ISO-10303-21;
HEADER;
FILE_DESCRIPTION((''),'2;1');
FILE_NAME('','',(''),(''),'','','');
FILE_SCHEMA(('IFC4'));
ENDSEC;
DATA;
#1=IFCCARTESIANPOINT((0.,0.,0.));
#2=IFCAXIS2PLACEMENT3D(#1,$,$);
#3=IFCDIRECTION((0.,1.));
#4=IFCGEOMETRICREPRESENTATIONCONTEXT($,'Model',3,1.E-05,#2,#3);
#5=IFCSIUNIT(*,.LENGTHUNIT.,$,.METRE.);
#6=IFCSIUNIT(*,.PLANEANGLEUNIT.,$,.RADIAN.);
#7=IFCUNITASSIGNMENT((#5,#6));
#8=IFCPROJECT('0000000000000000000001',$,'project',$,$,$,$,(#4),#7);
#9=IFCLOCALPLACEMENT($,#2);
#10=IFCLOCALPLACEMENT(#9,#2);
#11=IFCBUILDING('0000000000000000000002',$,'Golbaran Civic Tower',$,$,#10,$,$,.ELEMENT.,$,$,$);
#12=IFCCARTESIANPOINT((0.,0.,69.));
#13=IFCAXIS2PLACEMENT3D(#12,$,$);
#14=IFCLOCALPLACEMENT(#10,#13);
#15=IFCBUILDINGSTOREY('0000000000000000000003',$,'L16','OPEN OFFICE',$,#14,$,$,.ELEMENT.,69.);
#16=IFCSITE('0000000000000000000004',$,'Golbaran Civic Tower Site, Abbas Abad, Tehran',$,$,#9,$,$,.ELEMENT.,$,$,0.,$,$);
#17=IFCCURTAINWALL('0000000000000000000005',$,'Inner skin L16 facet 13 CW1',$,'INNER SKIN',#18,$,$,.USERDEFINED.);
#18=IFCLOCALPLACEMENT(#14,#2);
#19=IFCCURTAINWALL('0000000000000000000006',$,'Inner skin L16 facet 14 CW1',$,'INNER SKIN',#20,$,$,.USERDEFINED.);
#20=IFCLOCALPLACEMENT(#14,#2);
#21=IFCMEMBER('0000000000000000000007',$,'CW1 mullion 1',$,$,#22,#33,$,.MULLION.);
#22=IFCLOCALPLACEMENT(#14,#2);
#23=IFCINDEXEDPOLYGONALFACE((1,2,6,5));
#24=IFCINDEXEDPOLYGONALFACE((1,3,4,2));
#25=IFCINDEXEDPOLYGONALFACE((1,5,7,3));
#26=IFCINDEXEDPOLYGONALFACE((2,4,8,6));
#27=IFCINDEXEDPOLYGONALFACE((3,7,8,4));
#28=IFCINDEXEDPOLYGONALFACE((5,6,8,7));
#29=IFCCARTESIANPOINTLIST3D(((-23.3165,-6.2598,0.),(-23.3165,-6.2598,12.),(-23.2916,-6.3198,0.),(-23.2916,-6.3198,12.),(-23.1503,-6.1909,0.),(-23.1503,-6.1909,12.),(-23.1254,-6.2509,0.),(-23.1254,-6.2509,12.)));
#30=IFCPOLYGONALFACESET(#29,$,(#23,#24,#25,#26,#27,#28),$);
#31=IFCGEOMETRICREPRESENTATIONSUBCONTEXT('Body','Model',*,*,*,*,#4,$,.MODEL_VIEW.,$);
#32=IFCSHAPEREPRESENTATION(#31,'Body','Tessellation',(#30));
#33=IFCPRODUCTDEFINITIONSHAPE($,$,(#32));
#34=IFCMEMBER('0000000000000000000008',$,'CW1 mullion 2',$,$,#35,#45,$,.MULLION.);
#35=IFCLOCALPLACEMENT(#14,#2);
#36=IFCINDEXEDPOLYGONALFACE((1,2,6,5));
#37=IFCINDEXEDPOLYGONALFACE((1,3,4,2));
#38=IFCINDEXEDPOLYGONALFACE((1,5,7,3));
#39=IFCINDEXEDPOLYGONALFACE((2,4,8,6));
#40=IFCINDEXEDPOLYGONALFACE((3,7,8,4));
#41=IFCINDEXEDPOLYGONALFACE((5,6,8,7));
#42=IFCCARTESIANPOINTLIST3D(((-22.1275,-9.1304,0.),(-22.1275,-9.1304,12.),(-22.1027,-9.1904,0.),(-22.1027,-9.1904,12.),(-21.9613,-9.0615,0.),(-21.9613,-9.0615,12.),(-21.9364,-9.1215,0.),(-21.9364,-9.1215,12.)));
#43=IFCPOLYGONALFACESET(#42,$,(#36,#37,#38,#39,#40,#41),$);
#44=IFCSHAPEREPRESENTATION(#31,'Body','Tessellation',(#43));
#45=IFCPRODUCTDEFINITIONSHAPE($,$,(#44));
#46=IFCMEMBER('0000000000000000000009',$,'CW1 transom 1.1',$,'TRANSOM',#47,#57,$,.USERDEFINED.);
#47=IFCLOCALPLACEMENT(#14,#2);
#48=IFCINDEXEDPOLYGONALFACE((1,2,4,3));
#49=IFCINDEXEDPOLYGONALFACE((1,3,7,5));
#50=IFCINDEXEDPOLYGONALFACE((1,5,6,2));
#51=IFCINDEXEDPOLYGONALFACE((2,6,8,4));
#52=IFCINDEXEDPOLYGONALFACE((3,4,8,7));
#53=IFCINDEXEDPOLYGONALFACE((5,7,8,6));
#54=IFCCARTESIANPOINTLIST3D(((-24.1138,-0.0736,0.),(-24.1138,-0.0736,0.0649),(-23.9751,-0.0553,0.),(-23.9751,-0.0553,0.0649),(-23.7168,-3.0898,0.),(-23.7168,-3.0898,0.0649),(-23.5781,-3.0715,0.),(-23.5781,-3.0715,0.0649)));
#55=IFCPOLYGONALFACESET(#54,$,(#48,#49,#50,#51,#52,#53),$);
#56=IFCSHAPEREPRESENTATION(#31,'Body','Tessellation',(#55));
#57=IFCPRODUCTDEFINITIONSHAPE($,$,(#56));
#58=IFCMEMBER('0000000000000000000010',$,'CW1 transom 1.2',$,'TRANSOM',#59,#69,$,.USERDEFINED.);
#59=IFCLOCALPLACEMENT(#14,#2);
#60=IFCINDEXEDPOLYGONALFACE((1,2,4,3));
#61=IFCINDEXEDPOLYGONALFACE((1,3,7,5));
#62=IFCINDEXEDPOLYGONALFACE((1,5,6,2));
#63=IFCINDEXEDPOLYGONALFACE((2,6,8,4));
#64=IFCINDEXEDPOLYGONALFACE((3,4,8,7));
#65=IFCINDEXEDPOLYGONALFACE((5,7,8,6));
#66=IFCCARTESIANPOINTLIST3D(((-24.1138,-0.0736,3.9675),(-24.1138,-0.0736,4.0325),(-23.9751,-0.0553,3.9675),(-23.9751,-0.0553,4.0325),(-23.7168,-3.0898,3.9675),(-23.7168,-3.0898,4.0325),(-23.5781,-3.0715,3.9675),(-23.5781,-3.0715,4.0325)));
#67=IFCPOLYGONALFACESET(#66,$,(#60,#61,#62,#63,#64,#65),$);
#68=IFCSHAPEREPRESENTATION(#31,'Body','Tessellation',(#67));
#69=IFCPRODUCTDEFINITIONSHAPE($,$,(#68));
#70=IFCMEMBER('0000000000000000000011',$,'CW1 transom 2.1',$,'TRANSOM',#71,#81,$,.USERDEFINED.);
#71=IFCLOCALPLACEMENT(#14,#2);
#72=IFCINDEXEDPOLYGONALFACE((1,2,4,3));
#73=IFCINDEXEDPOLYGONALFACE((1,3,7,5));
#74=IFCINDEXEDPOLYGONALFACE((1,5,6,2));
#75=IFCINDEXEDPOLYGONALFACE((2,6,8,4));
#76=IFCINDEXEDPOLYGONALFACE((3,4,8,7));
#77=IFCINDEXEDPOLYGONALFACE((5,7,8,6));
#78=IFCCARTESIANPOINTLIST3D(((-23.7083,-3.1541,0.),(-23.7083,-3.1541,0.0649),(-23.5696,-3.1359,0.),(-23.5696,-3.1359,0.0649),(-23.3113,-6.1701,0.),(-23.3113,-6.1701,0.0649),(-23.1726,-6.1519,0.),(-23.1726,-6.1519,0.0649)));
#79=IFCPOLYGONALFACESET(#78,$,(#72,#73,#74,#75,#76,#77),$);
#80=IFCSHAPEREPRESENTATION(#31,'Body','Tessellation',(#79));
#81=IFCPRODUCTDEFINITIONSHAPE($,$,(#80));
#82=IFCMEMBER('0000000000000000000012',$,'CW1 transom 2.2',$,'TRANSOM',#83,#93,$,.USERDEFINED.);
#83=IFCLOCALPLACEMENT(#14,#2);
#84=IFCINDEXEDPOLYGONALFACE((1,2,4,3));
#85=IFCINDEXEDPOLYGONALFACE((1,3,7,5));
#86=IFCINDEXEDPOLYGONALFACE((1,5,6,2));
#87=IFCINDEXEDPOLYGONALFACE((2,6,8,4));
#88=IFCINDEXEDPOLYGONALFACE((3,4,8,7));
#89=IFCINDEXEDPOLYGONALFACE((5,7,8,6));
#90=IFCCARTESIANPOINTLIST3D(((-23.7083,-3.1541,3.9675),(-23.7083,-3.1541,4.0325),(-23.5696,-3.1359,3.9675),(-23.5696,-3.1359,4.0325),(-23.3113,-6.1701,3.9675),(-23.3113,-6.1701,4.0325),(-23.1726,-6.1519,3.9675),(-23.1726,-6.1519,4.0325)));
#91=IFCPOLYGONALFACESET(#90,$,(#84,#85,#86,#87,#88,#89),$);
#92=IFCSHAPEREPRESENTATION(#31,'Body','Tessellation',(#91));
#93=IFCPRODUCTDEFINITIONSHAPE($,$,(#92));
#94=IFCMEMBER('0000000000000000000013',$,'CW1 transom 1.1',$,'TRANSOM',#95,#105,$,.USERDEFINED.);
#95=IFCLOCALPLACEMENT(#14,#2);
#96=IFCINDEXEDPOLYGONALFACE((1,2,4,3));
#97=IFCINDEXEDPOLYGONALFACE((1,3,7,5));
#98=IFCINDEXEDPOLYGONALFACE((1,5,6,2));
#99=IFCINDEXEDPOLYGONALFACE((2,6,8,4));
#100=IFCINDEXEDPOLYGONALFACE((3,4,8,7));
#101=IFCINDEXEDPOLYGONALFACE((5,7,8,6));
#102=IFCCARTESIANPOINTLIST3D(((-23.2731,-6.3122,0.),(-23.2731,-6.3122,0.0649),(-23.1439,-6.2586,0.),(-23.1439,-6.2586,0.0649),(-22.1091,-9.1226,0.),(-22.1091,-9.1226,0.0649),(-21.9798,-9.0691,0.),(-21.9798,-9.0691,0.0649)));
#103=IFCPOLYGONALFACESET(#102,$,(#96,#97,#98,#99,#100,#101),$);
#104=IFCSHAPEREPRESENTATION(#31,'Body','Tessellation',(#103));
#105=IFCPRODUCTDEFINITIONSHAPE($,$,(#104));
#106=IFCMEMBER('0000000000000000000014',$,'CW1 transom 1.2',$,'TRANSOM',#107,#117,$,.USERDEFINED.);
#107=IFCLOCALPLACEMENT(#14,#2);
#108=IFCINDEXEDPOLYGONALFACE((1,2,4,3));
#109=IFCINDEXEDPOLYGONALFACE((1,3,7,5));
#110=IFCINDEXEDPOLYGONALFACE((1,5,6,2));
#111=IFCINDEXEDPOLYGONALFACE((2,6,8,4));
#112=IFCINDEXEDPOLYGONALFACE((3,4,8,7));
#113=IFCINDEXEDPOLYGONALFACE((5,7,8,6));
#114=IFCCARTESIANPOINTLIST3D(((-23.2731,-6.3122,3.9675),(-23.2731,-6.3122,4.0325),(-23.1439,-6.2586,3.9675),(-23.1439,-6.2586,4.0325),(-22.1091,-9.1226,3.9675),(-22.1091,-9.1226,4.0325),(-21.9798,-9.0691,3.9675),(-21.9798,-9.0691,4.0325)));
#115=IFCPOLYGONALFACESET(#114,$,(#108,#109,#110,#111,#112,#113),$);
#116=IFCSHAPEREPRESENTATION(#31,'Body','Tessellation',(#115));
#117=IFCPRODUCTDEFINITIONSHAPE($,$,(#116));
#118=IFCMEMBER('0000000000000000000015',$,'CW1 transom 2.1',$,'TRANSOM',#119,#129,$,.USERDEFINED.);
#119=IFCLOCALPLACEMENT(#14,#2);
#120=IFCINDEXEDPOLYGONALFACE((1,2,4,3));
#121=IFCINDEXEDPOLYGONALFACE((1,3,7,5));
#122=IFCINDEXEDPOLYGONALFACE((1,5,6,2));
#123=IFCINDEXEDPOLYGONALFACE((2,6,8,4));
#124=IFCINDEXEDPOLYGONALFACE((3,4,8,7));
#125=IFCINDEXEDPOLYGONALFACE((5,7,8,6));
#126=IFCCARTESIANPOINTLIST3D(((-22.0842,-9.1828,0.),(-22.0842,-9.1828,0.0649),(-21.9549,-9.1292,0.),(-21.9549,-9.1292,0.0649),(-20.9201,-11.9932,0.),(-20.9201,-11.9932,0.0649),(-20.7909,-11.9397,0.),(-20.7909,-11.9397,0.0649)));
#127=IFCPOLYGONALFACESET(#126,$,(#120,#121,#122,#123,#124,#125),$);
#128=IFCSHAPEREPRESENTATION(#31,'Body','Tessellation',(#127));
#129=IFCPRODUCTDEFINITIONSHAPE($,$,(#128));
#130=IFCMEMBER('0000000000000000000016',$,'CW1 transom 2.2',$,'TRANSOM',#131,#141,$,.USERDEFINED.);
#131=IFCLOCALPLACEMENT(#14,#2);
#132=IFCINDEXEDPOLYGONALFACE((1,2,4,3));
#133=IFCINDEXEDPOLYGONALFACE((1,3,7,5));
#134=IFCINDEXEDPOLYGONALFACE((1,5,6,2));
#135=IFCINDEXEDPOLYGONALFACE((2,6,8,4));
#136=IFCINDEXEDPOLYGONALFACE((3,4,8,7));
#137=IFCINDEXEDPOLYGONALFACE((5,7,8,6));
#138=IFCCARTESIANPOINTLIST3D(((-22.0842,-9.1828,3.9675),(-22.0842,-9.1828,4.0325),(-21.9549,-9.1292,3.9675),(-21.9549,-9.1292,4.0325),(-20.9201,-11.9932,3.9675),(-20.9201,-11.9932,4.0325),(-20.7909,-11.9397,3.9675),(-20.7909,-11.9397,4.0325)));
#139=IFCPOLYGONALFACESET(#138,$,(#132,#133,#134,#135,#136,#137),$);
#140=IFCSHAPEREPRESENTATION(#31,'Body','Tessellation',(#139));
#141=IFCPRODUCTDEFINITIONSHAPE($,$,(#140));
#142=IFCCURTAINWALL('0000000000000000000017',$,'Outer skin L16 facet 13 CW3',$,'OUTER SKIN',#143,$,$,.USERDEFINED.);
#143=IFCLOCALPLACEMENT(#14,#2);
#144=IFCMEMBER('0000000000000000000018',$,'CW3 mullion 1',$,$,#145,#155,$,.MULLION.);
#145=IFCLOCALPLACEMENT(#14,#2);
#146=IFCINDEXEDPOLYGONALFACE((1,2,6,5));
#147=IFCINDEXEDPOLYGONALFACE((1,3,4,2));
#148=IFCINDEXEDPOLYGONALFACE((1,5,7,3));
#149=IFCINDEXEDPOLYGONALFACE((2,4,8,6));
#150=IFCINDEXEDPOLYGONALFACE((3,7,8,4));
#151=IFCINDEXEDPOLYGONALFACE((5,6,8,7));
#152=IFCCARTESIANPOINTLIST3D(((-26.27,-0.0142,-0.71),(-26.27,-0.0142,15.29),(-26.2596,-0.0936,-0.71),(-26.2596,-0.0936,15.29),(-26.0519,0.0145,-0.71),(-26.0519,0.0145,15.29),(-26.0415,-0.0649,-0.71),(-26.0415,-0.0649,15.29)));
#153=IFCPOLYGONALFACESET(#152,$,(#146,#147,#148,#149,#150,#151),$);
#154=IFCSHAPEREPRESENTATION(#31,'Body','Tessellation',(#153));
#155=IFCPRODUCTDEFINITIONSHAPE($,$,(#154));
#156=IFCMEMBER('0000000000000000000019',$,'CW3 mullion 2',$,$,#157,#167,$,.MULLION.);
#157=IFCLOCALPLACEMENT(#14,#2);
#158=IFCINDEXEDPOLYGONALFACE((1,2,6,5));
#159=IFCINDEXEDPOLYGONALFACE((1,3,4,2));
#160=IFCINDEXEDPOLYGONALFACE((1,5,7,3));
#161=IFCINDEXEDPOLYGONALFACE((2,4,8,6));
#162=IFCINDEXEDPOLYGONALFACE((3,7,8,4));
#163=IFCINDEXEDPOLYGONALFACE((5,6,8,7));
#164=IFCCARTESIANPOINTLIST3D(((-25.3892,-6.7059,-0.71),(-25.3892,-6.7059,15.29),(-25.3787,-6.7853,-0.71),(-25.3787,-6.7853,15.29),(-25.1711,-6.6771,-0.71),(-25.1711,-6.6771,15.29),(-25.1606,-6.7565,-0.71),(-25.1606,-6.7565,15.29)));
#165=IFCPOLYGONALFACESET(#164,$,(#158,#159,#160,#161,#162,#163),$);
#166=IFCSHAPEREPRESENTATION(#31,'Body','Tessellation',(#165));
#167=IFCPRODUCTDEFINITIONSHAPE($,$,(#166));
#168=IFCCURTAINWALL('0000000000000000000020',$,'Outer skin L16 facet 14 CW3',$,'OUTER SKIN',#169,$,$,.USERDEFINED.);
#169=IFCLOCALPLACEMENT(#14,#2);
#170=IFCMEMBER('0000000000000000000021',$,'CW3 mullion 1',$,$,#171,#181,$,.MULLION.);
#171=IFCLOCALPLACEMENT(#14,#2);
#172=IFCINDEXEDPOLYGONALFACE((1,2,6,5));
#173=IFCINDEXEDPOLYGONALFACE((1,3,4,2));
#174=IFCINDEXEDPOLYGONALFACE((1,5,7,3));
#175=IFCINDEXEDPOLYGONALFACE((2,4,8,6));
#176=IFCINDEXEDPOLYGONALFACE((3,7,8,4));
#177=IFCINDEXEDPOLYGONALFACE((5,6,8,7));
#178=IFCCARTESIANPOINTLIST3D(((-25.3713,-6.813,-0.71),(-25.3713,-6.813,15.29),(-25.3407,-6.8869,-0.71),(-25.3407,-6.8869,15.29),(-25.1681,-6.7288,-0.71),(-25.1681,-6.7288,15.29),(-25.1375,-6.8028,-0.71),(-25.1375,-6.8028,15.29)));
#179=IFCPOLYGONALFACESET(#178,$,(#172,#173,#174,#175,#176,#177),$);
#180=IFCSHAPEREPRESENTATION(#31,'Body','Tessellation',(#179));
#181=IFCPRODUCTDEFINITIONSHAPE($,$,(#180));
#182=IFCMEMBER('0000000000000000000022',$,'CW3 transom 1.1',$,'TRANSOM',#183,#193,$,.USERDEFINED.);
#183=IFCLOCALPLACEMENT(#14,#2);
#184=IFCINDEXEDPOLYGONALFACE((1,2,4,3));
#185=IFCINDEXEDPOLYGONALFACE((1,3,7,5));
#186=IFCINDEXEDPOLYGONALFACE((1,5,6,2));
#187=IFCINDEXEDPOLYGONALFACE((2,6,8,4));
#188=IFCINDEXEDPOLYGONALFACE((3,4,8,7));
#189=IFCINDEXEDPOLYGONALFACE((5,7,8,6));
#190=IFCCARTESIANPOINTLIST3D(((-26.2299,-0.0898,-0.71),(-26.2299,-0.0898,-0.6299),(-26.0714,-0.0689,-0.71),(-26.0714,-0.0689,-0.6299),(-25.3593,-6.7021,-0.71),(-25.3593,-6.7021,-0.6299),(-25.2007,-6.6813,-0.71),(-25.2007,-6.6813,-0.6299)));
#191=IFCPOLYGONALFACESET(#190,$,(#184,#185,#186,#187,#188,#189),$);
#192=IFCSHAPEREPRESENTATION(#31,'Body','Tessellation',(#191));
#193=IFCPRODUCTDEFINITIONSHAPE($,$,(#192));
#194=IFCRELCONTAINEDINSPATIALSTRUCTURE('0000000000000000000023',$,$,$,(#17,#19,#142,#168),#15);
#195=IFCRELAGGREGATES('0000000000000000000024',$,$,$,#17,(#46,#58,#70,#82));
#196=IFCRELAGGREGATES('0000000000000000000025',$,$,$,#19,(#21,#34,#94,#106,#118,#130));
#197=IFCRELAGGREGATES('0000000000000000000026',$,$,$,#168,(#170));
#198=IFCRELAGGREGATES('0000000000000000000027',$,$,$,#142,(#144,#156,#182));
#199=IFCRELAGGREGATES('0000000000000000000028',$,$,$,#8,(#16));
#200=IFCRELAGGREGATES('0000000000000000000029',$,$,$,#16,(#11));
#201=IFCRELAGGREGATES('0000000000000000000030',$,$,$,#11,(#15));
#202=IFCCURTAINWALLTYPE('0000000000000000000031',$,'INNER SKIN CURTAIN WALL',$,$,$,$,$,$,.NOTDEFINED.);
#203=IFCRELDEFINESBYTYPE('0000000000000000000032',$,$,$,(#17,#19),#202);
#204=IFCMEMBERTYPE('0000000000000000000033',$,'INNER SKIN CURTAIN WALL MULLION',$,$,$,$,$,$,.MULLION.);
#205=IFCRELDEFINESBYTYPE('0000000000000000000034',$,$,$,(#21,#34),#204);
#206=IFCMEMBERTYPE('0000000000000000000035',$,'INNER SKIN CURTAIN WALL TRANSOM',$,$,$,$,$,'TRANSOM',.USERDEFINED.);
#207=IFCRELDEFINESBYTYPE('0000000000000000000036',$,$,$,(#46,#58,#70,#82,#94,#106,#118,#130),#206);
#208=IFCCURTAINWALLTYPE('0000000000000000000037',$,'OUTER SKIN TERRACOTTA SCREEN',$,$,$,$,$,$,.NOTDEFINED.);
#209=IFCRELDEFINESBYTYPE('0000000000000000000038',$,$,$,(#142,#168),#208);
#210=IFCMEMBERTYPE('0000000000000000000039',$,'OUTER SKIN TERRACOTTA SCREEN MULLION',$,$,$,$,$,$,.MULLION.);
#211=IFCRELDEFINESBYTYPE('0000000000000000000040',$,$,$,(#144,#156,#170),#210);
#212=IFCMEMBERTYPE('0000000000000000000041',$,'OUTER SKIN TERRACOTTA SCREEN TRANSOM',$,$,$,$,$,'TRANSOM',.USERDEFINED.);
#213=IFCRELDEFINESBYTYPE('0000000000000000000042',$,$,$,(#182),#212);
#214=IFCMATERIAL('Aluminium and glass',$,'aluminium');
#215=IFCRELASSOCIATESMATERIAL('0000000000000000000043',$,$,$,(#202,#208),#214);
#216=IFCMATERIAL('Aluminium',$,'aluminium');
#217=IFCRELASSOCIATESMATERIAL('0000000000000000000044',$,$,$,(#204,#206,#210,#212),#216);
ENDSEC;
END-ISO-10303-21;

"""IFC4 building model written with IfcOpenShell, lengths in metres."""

from ifc_helpers import new_model, si_unit, direction, frame, origin, origin_2d, place, context, subcontext, project, spatial, rectangle, extrude, material, material_profile, profile_set, type_object, element, aggregate, save


model = new_model("IFC4")

# Units and contexts
model_context = context("Model", 3, precision=1e-05, world=origin(), true_north=direction((0.0, 1.0)))
body_context = subcontext(model_context, "Body", "Model", "MODEL_VIEW")
ifc_project = project(units=[si_unit("LENGTHUNIT", "METRE"), si_unit("PLANEANGLEUNIT", "RADIAN")], contexts=[model_context])

# Site, building, storey
site_placement = place(None, origin())
site = spatial("IfcSite", under=ifc_project, at=site_placement, Name="Golbaran Civic Tower Site, Abbas Abad, Tehran", CompositionType="ELEMENT", RefElevation=0.0)
building_placement = place(site_placement, origin())
building = spatial("IfcBuilding", under=site, at=building_placement, Name="Golbaran Civic Tower", CompositionType="ELEMENT")
storey_placement = place(building_placement, frame((0.0, 0.0, 69.0)))
storey = spatial("IfcBuildingStorey", under=building, at=storey_placement, Name="L16", Description="OPEN OFFICE", CompositionType="ELEMENT", Elevation=69.0)

# Curtain walls, members
ifc_material_1 = material(Name="Aluminium and glass", Category="aluminium")
curtain_wall_type_1 = type_object("IfcCurtainWallType", Name="INNER SKIN CURTAIN WALL", PredefinedType="NOTDEFINED", material=ifc_material_1)
curtain_wall_1_placement = place(storey_placement, origin())
curtain_wall_1 = element("IfcCurtainWall", 1, at=curtain_wall_1_placement, inside=storey, type_object=curtain_wall_type_1, Name="Inner skin L16 facet 13 CW1", ObjectType="INNER SKIN", PredefinedType="USERDEFINED")
ifc_material_2 = material(Name="Aluminium", Category="aluminium")
ifc_material_profile_1 = material_profile(ifc_material_2, rectangle(XDim=0.1799, YDim=0.0649, at=origin_2d()), Name="INNER SKIN CURTAIN WALL MULLION")
ifc_profile_set_1 = profile_set([ifc_material_profile_1], Name="Aluminium")
member_type_1 = type_object("IfcMemberType", Name="INNER SKIN CURTAIN WALL MULLION", PredefinedType="MULLION", material=ifc_profile_set_1)
curtain_wall_2_placement = place(storey_placement, origin())
curtain_wall_2 = element("IfcCurtainWall", 2, at=curtain_wall_2_placement, inside=storey, type_object=curtain_wall_type_1, Name="Inner skin L16 facet 14 CW1", ObjectType="INNER SKIN", PredefinedType="USERDEFINED")
member_1_placement = place(storey_placement, frame((-23.2209, -6.2554, 0.0), z_axis=(0.0, 0.0, 1.0), x_axis=(0.92388, 0.382683, 0.0)))
member_1 = element("IfcMember", 3, at=member_1_placement, type_object=member_type_1, Name="CW1 mullion 1", PredefinedType="MULLION", context=body_context, shape_type="SweptSolid", body=[
    extrude(rectangle(XDim=0.1799, YDim=0.0649, at=origin_2d()), origin(), (0.0, 0.0, 1.0), 12.0),
])
member_2_placement = place(storey_placement, frame((-22.032, -9.126, 0.0), z_axis=(0.0, 0.0, 1.0), x_axis=(0.92388, 0.382683, 0.0)))
member_2 = element("IfcMember", 4, at=member_2_placement, type_object=member_type_1, Name="CW1 mullion 2", PredefinedType="MULLION", context=body_context, shape_type="SweptSolid", body=[
    extrude(rectangle(XDim=0.1799, YDim=0.0649, at=origin_2d()), origin(), (0.0, 0.0, 1.0), 12.0),
])

# Members
ifc_material_profile_2 = material_profile(ifc_material_2, rectangle(XDim=0.1399, YDim=0.0649, at=origin_2d()), Name="INNER SKIN CURTAIN WALL TRANSOM")
ifc_profile_set_2 = profile_set([ifc_material_profile_2], Name="Aluminium")
member_type_2 = type_object("IfcMemberType", Name="INNER SKIN CURTAIN WALL TRANSOM", ElementType="TRANSOM", PredefinedType="USERDEFINED", material=ifc_profile_set_2)
member_3_placement = place(storey_placement, frame((-24.0444, -0.0645, 0.0325), z_axis=(0.130492, -0.991449, 0.0), x_axis=(0.991449, 0.130492, 0.0)))
member_3 = element("IfcMember", 5, at=member_3_placement, type_object=member_type_2, Name="CW1 transom 1.1", ObjectType="TRANSOM", PredefinedType="USERDEFINED", context=body_context, shape_type="SweptSolid", body=[
    extrude(rectangle(XDim=0.1399, YDim=0.0649, at=origin_2d()), origin(), (0.0, 0.0, 1.0), 3.0422),
])
member_4_placement = place(storey_placement, frame((-24.0444, -0.0645, 4.0), z_axis=(0.130492, -0.991449, 0.0), x_axis=(0.991449, 0.130492, 0.0)))
member_4 = element("IfcMember", 6, at=member_4_placement, type_object=member_type_2, Name="CW1 transom 1.2", ObjectType="TRANSOM", PredefinedType="USERDEFINED", context=body_context, shape_type="SweptSolid", body=[
    extrude(rectangle(XDim=0.1399, YDim=0.0649, at=origin_2d()), origin(), (0.0, 0.0, 1.0), 3.0422),
])
member_5_placement = place(storey_placement, frame((-23.6389, -3.145, 0.0325), z_axis=(0.130502, -0.991448, 0.0), x_axis=(0.991448, 0.130502, 0.0)))
member_5 = element("IfcMember", 7, at=member_5_placement, type_object=member_type_2, Name="CW1 transom 2.1", ObjectType="TRANSOM", PredefinedType="USERDEFINED", context=body_context, shape_type="SweptSolid", body=[
    extrude(rectangle(XDim=0.1399, YDim=0.0649, at=origin_2d()), origin(), (0.0, 0.0, 1.0), 3.042),
])
member_6_placement = place(storey_placement, frame((-23.6389, -3.145, 4.0), z_axis=(0.130502, -0.991448, 0.0), x_axis=(0.991448, 0.130502, 0.0)))
member_6 = element("IfcMember", 8, at=member_6_placement, type_object=member_type_2, Name="CW1 transom 2.2", ObjectType="TRANSOM", PredefinedType="USERDEFINED", context=body_context, shape_type="SweptSolid", body=[
    extrude(rectangle(XDim=0.1399, YDim=0.0649, at=origin_2d()), origin(), (0.0, 0.0, 1.0), 3.042),
])
member_7_placement = place(storey_placement, frame((-23.2085, -6.2854, 0.0325), z_axis=(0.382654, -0.923892, 0.0), x_axis=(0.923892, 0.382654, 0.0)))
member_7 = element("IfcMember", 9, at=member_7_placement, type_object=member_type_2, Name="CW1 transom 1.1", ObjectType="TRANSOM", PredefinedType="USERDEFINED", context=body_context, shape_type="SweptSolid", body=[
    extrude(rectangle(XDim=0.1399, YDim=0.0649, at=origin_2d()), origin(), (0.0, 0.0, 1.0), 3.042),
])
member_8_placement = place(storey_placement, frame((-23.2085, -6.2854, 4.0), z_axis=(0.382654, -0.923892, 0.0), x_axis=(0.923892, 0.382654, 0.0)))
member_8 = element("IfcMember", 10, at=member_8_placement, type_object=member_type_2, Name="CW1 transom 1.2", ObjectType="TRANSOM", PredefinedType="USERDEFINED", context=body_context, shape_type="SweptSolid", body=[
    extrude(rectangle(XDim=0.1399, YDim=0.0649, at=origin_2d()), origin(), (0.0, 0.0, 1.0), 3.042),
])
member_9_placement = place(storey_placement, frame((-22.0195, -9.156, 0.0325), z_axis=(0.382654, -0.923892, 0.0), x_axis=(0.923892, 0.382654, 0.0)))
member_9 = element("IfcMember", 11, at=member_9_placement, type_object=member_type_2, Name="CW1 transom 2.1", ObjectType="TRANSOM", PredefinedType="USERDEFINED", context=body_context, shape_type="SweptSolid", body=[
    extrude(rectangle(XDim=0.1399, YDim=0.0649, at=origin_2d()), origin(), (0.0, 0.0, 1.0), 3.042),
])
member_10_placement = place(storey_placement, frame((-22.0195, -9.156, 4.0), z_axis=(0.382654, -0.923892, 0.0), x_axis=(0.923892, 0.382654, 0.0)))
member_10 = element("IfcMember", 12, at=member_10_placement, type_object=member_type_2, Name="CW1 transom 2.2", ObjectType="TRANSOM", PredefinedType="USERDEFINED", context=body_context, shape_type="SweptSolid", body=[
    extrude(rectangle(XDim=0.1399, YDim=0.0649, at=origin_2d()), origin(), (0.0, 0.0, 1.0), 3.042),
])

# Curtain wall, members
curtain_wall_type_2 = type_object("IfcCurtainWallType", Name="OUTER SKIN TERRACOTTA SCREEN", PredefinedType="NOTDEFINED", material=ifc_material_1)
curtain_wall_3_placement = place(storey_placement, origin())
curtain_wall_3 = element("IfcCurtainWall", 13, at=curtain_wall_3_placement, inside=storey, type_object=curtain_wall_type_2, Name="Outer skin L16 facet 13 CW3", ObjectType="OUTER SKIN", PredefinedType="USERDEFINED")
ifc_material_profile_3 = material_profile(ifc_material_2, rectangle(XDim=0.22, YDim=0.0801, at=origin_2d()), Name="OUTER SKIN TERRACOTTA SCREEN MULLION")
ifc_profile_set_3 = profile_set([ifc_material_profile_3], Name="Aluminium")
member_type_3 = type_object("IfcMemberType", Name="OUTER SKIN TERRACOTTA SCREEN MULLION", PredefinedType="MULLION", material=ifc_profile_set_3)
member_11_placement = place(storey_placement, frame((-26.1558, -0.0396, -0.71), z_axis=(0.0, 0.0, 1.0), x_axis=(0.991445, 0.130526, 0.0)))
member_11 = element("IfcMember", 14, at=member_11_placement, type_object=member_type_3, Name="CW3 mullion 1", PredefinedType="MULLION", context=body_context, shape_type="SweptSolid", body=[
    extrude(rectangle(XDim=0.22, YDim=0.0801, at=origin_2d()), origin(), (0.0, 0.0, 1.0), 16.0),
])
member_12_placement = place(storey_placement, frame((-25.2749, -6.7312, -0.71), z_axis=(0.0, 0.0, 1.0), x_axis=(0.991445, 0.130526, 0.0)))
member_12 = element("IfcMember", 15, at=member_12_placement, type_object=member_type_3, Name="CW3 mullion 2", PredefinedType="MULLION", context=body_context, shape_type="SweptSolid", body=[
    extrude(rectangle(XDim=0.22, YDim=0.0801, at=origin_2d()), origin(), (0.0, 0.0, 1.0), 16.0),
])

# Curtain wall, member
curtain_wall_4_placement = place(storey_placement, origin())
curtain_wall_4 = element("IfcCurtainWall", 16, at=curtain_wall_4_placement, inside=storey, type_object=curtain_wall_type_2, Name="Outer skin L16 facet 14 CW3", ObjectType="OUTER SKIN", PredefinedType="USERDEFINED")
member_13_placement = place(storey_placement, frame((-25.2544, -6.8079, -0.71), z_axis=(0.0, 0.0, 1.0), x_axis=(0.92388, 0.382683, 0.0)))
member_13 = element("IfcMember", 17, at=member_13_placement, type_object=member_type_3, Name="CW3 mullion 1", PredefinedType="MULLION", context=body_context, shape_type="SweptSolid", body=[
    extrude(rectangle(XDim=0.22, YDim=0.0801, at=origin_2d()), origin(), (0.0, 0.0, 1.0), 16.0),
])

# Member
ifc_material_profile_4 = material_profile(ifc_material_2, rectangle(XDim=0.1599, YDim=0.0801, at=origin_2d()), Name="OUTER SKIN TERRACOTTA SCREEN TRANSOM")
ifc_profile_set_4 = profile_set([ifc_material_profile_4], Name="Aluminium")
member_type_4 = type_object("IfcMemberType", Name="OUTER SKIN TERRACOTTA SCREEN TRANSOM", ElementType="TRANSOM", PredefinedType="USERDEFINED", material=ifc_profile_set_4)
member_14_placement = place(storey_placement, frame((-26.1506, -0.0793, -0.6699), z_axis=(0.130538, -0.991443, 0.0), x_axis=(0.991443, 0.130538, 0.0)))
member_14 = element("IfcMember", 18, at=member_14_placement, type_object=member_type_4, Name="CW3 transom 1.1", ObjectType="TRANSOM", PredefinedType="USERDEFINED", context=body_context, shape_type="SweptSolid", body=[
    extrude(rectangle(XDim=0.1599, YDim=0.0801, at=origin_2d()), origin(), (0.0, 0.0, 1.0), 6.6694),
])

aggregate(curtain_wall_1, [member_3, member_4, member_5, member_6])
aggregate(curtain_wall_2, [member_1, member_2, member_7, member_8, member_9, member_10])
aggregate(curtain_wall_4, [member_13])
aggregate(curtain_wall_3, [member_11, member_12, member_14])

save(model, "model.ifc")
